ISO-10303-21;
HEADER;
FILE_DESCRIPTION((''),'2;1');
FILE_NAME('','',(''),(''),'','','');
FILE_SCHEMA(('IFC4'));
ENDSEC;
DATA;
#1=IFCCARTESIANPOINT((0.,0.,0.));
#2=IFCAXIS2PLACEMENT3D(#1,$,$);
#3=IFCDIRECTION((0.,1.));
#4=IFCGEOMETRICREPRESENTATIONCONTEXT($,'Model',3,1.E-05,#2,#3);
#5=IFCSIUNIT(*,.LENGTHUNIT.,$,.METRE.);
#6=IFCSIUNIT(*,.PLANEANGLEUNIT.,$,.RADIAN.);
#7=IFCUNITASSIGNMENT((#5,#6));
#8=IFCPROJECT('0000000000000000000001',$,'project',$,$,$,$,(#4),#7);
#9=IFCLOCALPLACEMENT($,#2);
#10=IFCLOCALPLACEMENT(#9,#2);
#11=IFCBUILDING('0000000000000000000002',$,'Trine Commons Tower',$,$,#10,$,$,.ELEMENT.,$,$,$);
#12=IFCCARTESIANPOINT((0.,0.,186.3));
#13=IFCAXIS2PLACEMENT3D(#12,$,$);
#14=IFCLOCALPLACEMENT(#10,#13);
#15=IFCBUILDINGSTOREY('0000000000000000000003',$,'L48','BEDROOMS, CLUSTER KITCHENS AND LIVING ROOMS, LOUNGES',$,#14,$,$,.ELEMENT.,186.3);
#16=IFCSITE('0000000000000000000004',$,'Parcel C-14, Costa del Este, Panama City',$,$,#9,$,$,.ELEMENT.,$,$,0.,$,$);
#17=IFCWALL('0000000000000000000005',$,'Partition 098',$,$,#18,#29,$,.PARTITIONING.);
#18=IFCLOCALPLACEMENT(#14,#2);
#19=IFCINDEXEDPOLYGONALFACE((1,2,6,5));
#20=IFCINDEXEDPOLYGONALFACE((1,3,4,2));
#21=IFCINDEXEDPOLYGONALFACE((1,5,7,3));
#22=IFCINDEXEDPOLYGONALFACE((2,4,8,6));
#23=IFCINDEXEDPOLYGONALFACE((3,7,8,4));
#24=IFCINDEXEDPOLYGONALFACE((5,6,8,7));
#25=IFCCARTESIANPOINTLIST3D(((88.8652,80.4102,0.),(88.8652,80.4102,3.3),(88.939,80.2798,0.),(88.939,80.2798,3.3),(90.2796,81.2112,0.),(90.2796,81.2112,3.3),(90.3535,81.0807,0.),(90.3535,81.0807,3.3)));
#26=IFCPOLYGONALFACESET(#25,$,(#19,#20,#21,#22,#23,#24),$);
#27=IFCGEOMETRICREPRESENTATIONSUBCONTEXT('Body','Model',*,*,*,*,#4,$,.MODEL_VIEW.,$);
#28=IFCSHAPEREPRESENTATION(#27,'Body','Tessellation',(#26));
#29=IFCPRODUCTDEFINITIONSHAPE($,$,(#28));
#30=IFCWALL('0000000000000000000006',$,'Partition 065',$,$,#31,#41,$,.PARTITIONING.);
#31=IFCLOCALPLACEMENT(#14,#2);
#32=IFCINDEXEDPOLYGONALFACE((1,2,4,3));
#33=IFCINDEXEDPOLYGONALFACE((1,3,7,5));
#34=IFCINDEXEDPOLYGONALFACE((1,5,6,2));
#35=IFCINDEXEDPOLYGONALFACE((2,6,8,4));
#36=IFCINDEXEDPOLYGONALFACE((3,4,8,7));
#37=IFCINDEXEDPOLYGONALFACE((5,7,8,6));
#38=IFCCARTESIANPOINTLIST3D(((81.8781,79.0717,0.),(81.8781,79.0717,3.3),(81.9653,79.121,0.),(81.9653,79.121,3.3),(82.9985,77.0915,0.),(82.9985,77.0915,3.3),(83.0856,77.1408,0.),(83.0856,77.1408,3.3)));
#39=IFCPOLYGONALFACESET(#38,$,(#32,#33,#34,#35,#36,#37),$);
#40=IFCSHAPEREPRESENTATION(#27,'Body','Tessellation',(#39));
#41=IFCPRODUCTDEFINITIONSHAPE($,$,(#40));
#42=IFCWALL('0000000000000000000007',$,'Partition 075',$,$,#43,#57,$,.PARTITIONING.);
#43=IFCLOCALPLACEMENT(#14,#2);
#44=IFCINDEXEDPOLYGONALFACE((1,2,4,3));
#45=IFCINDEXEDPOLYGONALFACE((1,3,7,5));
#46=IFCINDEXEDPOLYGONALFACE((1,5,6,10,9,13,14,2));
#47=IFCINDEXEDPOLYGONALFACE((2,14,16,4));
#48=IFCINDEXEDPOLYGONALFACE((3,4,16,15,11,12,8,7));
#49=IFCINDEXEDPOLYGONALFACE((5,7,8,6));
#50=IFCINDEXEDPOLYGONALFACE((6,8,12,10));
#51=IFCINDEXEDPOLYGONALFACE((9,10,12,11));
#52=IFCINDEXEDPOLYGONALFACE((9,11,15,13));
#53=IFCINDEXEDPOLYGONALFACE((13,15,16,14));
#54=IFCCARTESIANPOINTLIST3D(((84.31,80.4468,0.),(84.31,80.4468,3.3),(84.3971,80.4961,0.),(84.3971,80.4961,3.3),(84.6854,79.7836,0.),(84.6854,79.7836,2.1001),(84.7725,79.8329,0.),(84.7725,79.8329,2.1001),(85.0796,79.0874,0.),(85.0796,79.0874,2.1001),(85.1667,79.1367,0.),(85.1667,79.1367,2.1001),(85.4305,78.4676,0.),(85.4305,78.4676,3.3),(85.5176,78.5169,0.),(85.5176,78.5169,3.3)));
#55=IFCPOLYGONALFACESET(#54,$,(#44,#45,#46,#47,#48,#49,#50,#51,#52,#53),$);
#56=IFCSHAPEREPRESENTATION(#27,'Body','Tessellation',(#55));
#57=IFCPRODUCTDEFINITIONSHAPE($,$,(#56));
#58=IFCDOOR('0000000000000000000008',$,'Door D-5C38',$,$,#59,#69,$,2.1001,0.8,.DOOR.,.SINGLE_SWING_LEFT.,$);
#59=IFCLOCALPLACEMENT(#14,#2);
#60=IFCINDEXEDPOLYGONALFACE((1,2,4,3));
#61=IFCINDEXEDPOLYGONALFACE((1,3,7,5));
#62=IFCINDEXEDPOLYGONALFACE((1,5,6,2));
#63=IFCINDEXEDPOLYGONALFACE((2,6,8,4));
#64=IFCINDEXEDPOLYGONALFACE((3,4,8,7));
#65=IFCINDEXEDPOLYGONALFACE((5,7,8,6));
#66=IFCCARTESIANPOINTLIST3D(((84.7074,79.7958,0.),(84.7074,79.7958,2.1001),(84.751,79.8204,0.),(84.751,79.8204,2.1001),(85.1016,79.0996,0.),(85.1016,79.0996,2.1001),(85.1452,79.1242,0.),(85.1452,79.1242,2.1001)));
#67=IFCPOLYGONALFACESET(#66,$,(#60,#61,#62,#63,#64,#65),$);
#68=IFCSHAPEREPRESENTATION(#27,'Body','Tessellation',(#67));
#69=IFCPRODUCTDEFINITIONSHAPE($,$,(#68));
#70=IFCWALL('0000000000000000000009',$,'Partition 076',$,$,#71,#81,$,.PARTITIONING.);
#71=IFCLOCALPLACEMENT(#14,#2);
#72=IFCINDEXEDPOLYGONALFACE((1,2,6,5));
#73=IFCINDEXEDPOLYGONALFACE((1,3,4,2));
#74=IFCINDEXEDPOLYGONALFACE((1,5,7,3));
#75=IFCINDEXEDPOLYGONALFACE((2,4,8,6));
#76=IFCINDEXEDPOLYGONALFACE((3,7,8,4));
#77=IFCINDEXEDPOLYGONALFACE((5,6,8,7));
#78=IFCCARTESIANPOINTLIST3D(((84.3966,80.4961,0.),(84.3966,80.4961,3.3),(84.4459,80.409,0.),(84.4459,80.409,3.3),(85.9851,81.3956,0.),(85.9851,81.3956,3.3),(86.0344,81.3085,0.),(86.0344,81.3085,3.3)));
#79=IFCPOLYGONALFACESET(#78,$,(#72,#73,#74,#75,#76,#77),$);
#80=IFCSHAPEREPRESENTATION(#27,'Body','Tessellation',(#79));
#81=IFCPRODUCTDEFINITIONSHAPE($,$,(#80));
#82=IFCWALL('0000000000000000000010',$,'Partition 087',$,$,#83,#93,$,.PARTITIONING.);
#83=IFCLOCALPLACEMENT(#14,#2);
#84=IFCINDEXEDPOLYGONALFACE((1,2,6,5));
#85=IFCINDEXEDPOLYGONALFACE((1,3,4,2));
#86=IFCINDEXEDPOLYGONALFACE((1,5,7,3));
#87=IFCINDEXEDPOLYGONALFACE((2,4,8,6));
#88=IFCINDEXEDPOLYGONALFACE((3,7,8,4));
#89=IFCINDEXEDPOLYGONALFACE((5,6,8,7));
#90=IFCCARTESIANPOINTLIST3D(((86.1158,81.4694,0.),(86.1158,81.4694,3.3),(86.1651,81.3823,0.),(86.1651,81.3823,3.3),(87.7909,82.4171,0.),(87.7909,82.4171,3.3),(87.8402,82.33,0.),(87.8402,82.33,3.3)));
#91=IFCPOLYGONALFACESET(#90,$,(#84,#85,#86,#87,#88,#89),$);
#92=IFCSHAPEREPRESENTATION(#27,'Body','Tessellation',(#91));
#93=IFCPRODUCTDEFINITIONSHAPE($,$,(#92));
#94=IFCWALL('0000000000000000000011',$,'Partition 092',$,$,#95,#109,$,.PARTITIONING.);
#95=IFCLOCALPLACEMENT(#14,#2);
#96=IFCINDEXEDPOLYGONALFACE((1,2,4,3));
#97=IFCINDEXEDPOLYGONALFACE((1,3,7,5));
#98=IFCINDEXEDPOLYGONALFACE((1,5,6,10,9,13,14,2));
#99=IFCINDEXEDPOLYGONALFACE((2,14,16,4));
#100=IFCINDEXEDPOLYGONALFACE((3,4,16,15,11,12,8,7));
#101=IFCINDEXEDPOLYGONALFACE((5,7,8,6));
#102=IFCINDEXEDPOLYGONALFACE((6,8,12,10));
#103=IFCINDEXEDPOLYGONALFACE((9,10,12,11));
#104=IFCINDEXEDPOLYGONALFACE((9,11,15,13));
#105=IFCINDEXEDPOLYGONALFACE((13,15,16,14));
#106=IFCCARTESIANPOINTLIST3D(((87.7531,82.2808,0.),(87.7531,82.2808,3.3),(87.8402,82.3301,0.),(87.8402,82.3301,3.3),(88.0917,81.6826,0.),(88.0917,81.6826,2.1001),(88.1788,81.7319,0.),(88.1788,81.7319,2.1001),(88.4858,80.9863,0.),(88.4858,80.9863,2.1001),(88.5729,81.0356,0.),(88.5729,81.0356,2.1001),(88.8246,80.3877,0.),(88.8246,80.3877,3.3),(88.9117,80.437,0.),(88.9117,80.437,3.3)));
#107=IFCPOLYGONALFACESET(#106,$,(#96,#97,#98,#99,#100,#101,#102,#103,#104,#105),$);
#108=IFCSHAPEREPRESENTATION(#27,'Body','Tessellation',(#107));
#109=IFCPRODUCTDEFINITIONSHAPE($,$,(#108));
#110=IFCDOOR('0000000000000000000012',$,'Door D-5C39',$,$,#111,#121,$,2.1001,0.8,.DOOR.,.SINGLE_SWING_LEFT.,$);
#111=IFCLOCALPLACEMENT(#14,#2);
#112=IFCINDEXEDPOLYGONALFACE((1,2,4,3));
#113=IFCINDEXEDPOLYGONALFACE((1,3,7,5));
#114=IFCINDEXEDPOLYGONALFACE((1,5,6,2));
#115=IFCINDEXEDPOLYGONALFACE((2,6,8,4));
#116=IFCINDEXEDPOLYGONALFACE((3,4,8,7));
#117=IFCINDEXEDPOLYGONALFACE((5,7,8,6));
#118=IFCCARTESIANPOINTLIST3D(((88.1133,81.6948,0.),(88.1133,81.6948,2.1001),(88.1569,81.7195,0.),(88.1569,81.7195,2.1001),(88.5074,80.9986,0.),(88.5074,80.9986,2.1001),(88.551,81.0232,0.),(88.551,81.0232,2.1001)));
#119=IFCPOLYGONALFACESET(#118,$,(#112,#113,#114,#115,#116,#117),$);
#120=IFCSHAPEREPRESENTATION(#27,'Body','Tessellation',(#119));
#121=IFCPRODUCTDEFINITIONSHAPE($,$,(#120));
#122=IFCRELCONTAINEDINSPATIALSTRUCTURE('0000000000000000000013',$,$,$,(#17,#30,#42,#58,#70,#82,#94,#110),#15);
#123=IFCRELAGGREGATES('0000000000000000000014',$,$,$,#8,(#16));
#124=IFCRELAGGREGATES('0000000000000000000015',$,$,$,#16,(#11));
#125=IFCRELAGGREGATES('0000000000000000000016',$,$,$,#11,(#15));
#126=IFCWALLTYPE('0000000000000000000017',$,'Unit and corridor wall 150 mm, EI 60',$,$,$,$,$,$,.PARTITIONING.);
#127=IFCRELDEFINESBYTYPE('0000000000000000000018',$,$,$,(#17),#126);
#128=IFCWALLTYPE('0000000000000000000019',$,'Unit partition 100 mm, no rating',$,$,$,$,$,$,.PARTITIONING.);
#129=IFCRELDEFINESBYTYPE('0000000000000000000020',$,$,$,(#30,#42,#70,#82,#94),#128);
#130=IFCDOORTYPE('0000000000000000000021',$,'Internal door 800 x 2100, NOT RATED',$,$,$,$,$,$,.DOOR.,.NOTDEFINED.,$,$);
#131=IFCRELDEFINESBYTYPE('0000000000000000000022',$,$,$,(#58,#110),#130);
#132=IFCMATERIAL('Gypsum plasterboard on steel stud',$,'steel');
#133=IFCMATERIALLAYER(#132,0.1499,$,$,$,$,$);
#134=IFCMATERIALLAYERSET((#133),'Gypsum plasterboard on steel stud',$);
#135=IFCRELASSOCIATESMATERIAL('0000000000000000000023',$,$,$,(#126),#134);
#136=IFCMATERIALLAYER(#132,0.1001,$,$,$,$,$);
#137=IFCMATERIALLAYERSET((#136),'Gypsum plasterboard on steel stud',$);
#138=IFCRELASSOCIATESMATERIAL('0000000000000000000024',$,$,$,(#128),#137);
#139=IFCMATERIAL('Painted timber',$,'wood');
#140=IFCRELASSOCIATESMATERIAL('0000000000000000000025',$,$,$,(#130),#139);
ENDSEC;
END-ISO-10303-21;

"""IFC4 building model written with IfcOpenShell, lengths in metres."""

from ifc_helpers import new_model, si_unit, direction, frame, frame_2d, origin, place, context, subcontext, project, spatial, rectangle, extrude, material, layer, layer_set, type_object, element, fill, save


model = new_model("IFC4")

# Units and contexts
model_context = context("Model", 3, precision=1e-05, world=origin(), true_north=direction((0.0, 1.0)))
body_context = subcontext(model_context, "Body", "Model", "MODEL_VIEW")
ifc_project = project(units=[si_unit("LENGTHUNIT", "METRE"), si_unit("PLANEANGLEUNIT", "RADIAN")], contexts=[model_context])

# Site, building, storey
site_placement = place(None, origin())
site = spatial("IfcSite", under=ifc_project, at=site_placement, Name="Parcel C-14, Costa del Este, Panama City", CompositionType="ELEMENT", RefElevation=0.0)
building_placement = place(site_placement, origin())
building = spatial("IfcBuilding", under=site, at=building_placement, Name="Trine Commons Tower", CompositionType="ELEMENT")
storey_placement = place(building_placement, frame((0.0, 0.0, 186.3)))
storey = spatial("IfcBuildingStorey", under=building, at=storey_placement, Name="L48", Description="BEDROOMS, CLUSTER KITCHENS AND LIVING ROOMS, LOUNGES", CompositionType="ELEMENT", Elevation=186.3)

# Shared definitions
ifc_material_1 = material(Name="Gypsum plasterboard on steel stud", Category="steel")
ifc_layer_1 = layer(ifc_material_1, 0.1499)
ifc_layer_set_1 = layer_set([ifc_layer_1], Name="Gypsum plasterboard on steel stud")
wall_type_1 = type_object("IfcWallType", Name="Unit and corridor wall 150 mm, EI 60", PredefinedType="PARTITIONING", material=ifc_layer_set_1)

# Walls
wall_1_placement = place(storey_placement, frame((88.9021, 80.345, 0.0), z_axis=(0.0, 0.0, 1.0), x_axis=(0.870168, 0.492755, 0.0)))
element("IfcWall", 1, at=wall_1_placement, inside=storey, type_object=wall_type_1, Name="Partition 098", PredefinedType="PARTITIONING", context=body_context, shape_type="SweptSolid", body=[
    extrude(rectangle(XDim=1.6255, YDim=0.1499, at=frame_2d((0.8127, 0.0))), origin(), (0.0, 0.0, 1.0), 3.3),
])
ifc_layer_2 = layer(ifc_material_1, 0.1001)
ifc_layer_set_2 = layer_set([ifc_layer_2], Name="Gypsum plasterboard on steel stud")
wall_type_2 = type_object("IfcWallType", Name="Unit partition 100 mm, no rating", PredefinedType="PARTITIONING", material=ifc_layer_set_2)
wall_2_placement = place(storey_placement, frame((81.9216, 79.0964, 0.0), z_axis=(0.0, 0.0, 1.0), x_axis=(0.492425, -0.870355, 0.0)))
element("IfcWall", 2, at=wall_2_placement, inside=storey, type_object=wall_type_2, Name="Partition 065", PredefinedType="PARTITIONING", context=body_context, shape_type="SweptSolid", body=[
    extrude(rectangle(XDim=2.2751, YDim=0.1001, at=frame_2d((1.1377, 0.0))), origin(), (0.0, 0.0, 1.0), 3.3),
])

# Wall, opening, door
wall_3_placement = place(storey_placement, frame((84.3535, 80.4714, 0.0), z_axis=(0.0, 0.0, 1.0), x_axis=(0.49269, -0.870205, 0.0)))
wall_3 = element("IfcWall", 3, at=wall_3_placement, inside=storey, type_object=wall_type_2, Name="Partition 075", PredefinedType="PARTITIONING", context=body_context, shape_type="SweptSolid", body=[
    extrude(rectangle(XDim=2.2744, YDim=0.1001, at=frame_2d((1.1372, 0.0))), origin(), (0.0, 0.0, 1.0), 3.3),
])
opening_1_placement = place(wall_3_placement, frame((0.7622, 0.0, 0.0)))
opening_1 = element("IfcOpeningElement", 4, at=opening_1_placement, cuts=wall_3, PredefinedType="OPENING", context=body_context, shape_type="SweptSolid", body=[
    extrude(rectangle(XDim=0.8, YDim=2.1001, at=frame_2d((0.3999, 1.05))), frame((0.0, 0.0601, 0.0), z_axis=(0.0, -1.0, 0.0), x_axis=(1.0, 0.0, 0.0)), (0.0, 0.0, 1.0), 0.1201),
])
ifc_material_2 = material(Name="Painted timber", Category="wood")
door_type_1 = type_object("IfcDoorType", Name="Internal door 800 x 2100, NOT RATED", OperationType="NOTDEFINED", PredefinedType="DOOR", material=ifc_material_2)
door_1_placement = place(opening_1_placement, frame((0.8, 0.0, 0.0), z_axis=(0.0, 0.0, 1.0), x_axis=(-1.0, 0.0, 0.0)))
door_1 = element("IfcDoor", 5, at=door_1_placement, inside=storey, type_object=door_type_1, Name="Door D-5C38", OperationType="SINGLE_SWING_LEFT", OverallHeight=2.1001, OverallWidth=0.8, PredefinedType="DOOR", context=body_context, shape_type="SweptSolid", body=[
    extrude(rectangle(XDim=0.8, YDim=2.1001, at=frame_2d((0.3999, 1.05))), frame((0.0, 0.0249, 0.0), z_axis=(0.0, -1.0, 0.0), x_axis=(1.0, 0.0, 0.0)), (0.0, 0.0, 1.0), 0.05),
])
fill(opening_1, door_1)

# Walls
wall_4_placement = place(storey_placement, frame((84.4214, 80.4526, 0.0), z_axis=(0.0, 0.0, 1.0), x_axis=(0.870179, 0.492736, 0.0)))
element("IfcWall", 6, at=wall_4_placement, inside=storey, type_object=wall_type_2, Name="Partition 076", PredefinedType="PARTITIONING", context=body_context, shape_type="SweptSolid", body=[
    extrude(rectangle(XDim=1.8254, YDim=0.1001, at=frame_2d((0.9126, 0.0))), origin(), (0.0, 0.0, 1.0), 3.3),
])
wall_5_placement = place(storey_placement, frame((86.1404, 81.4258, 0.0), z_axis=(0.0, 0.0, 1.0), x_axis=(0.870343, 0.492446, 0.0)))
element("IfcWall", 7, at=wall_5_placement, inside=storey, type_object=wall_type_2, Name="Partition 087", PredefinedType="PARTITIONING", context=body_context, shape_type="SweptSolid", body=[
    extrude(rectangle(XDim=1.9246, YDim=0.1001, at=frame_2d((0.9624, 0.0))), origin(), (0.0, 0.0, 1.0), 3.3),
])

# Wall, opening, door
wall_6_placement = place(storey_placement, frame((87.7966, 82.3054, 0.0), z_axis=(0.0, 0.0, 1.0), x_axis=(0.492593, -0.87026, 0.0)))
wall_6 = element("IfcWall", 8, at=wall_6_placement, inside=storey, type_object=wall_type_2, Name="Partition 092", PredefinedType="PARTITIONING", context=body_context, shape_type="SweptSolid", body=[
    extrude(rectangle(XDim=2.1753, YDim=0.1001, at=frame_2d((1.0876, 0.0))), origin(), (0.0, 0.0, 1.0), 3.3),
])
opening_2_placement = place(wall_6_placement, frame((0.6875, 0.0, 0.0)))
opening_2 = element("IfcOpeningElement", 9, at=opening_2_placement, cuts=wall_6, PredefinedType="OPENING", context=body_context, shape_type="SweptSolid", body=[
    extrude(rectangle(XDim=0.8, YDim=2.1001, at=frame_2d((0.3999, 1.05))), frame((0.0, 0.0601, 0.0), z_axis=(0.0, -1.0, 0.0), x_axis=(1.0, 0.0, 0.0)), (0.0, 0.0, 1.0), 0.1201),
])
door_2_placement = place(opening_2_placement, origin())
door_2 = element("IfcDoor", 10, at=door_2_placement, inside=storey, type_object=door_type_1, Name="Door D-5C39", OperationType="SINGLE_SWING_LEFT", OverallHeight=2.1001, OverallWidth=0.8, PredefinedType="DOOR", context=body_context, shape_type="SweptSolid", body=[
    extrude(rectangle(XDim=0.8, YDim=2.1001, at=frame_2d((0.3999, 1.05))), frame((0.0, 0.0249, 0.0), z_axis=(0.0, -1.0, 0.0), x_axis=(1.0, 0.0, 0.0)), (0.0, 0.0, 1.0), 0.05),
])
fill(opening_2, door_2)

save(model, "model.ifc")
